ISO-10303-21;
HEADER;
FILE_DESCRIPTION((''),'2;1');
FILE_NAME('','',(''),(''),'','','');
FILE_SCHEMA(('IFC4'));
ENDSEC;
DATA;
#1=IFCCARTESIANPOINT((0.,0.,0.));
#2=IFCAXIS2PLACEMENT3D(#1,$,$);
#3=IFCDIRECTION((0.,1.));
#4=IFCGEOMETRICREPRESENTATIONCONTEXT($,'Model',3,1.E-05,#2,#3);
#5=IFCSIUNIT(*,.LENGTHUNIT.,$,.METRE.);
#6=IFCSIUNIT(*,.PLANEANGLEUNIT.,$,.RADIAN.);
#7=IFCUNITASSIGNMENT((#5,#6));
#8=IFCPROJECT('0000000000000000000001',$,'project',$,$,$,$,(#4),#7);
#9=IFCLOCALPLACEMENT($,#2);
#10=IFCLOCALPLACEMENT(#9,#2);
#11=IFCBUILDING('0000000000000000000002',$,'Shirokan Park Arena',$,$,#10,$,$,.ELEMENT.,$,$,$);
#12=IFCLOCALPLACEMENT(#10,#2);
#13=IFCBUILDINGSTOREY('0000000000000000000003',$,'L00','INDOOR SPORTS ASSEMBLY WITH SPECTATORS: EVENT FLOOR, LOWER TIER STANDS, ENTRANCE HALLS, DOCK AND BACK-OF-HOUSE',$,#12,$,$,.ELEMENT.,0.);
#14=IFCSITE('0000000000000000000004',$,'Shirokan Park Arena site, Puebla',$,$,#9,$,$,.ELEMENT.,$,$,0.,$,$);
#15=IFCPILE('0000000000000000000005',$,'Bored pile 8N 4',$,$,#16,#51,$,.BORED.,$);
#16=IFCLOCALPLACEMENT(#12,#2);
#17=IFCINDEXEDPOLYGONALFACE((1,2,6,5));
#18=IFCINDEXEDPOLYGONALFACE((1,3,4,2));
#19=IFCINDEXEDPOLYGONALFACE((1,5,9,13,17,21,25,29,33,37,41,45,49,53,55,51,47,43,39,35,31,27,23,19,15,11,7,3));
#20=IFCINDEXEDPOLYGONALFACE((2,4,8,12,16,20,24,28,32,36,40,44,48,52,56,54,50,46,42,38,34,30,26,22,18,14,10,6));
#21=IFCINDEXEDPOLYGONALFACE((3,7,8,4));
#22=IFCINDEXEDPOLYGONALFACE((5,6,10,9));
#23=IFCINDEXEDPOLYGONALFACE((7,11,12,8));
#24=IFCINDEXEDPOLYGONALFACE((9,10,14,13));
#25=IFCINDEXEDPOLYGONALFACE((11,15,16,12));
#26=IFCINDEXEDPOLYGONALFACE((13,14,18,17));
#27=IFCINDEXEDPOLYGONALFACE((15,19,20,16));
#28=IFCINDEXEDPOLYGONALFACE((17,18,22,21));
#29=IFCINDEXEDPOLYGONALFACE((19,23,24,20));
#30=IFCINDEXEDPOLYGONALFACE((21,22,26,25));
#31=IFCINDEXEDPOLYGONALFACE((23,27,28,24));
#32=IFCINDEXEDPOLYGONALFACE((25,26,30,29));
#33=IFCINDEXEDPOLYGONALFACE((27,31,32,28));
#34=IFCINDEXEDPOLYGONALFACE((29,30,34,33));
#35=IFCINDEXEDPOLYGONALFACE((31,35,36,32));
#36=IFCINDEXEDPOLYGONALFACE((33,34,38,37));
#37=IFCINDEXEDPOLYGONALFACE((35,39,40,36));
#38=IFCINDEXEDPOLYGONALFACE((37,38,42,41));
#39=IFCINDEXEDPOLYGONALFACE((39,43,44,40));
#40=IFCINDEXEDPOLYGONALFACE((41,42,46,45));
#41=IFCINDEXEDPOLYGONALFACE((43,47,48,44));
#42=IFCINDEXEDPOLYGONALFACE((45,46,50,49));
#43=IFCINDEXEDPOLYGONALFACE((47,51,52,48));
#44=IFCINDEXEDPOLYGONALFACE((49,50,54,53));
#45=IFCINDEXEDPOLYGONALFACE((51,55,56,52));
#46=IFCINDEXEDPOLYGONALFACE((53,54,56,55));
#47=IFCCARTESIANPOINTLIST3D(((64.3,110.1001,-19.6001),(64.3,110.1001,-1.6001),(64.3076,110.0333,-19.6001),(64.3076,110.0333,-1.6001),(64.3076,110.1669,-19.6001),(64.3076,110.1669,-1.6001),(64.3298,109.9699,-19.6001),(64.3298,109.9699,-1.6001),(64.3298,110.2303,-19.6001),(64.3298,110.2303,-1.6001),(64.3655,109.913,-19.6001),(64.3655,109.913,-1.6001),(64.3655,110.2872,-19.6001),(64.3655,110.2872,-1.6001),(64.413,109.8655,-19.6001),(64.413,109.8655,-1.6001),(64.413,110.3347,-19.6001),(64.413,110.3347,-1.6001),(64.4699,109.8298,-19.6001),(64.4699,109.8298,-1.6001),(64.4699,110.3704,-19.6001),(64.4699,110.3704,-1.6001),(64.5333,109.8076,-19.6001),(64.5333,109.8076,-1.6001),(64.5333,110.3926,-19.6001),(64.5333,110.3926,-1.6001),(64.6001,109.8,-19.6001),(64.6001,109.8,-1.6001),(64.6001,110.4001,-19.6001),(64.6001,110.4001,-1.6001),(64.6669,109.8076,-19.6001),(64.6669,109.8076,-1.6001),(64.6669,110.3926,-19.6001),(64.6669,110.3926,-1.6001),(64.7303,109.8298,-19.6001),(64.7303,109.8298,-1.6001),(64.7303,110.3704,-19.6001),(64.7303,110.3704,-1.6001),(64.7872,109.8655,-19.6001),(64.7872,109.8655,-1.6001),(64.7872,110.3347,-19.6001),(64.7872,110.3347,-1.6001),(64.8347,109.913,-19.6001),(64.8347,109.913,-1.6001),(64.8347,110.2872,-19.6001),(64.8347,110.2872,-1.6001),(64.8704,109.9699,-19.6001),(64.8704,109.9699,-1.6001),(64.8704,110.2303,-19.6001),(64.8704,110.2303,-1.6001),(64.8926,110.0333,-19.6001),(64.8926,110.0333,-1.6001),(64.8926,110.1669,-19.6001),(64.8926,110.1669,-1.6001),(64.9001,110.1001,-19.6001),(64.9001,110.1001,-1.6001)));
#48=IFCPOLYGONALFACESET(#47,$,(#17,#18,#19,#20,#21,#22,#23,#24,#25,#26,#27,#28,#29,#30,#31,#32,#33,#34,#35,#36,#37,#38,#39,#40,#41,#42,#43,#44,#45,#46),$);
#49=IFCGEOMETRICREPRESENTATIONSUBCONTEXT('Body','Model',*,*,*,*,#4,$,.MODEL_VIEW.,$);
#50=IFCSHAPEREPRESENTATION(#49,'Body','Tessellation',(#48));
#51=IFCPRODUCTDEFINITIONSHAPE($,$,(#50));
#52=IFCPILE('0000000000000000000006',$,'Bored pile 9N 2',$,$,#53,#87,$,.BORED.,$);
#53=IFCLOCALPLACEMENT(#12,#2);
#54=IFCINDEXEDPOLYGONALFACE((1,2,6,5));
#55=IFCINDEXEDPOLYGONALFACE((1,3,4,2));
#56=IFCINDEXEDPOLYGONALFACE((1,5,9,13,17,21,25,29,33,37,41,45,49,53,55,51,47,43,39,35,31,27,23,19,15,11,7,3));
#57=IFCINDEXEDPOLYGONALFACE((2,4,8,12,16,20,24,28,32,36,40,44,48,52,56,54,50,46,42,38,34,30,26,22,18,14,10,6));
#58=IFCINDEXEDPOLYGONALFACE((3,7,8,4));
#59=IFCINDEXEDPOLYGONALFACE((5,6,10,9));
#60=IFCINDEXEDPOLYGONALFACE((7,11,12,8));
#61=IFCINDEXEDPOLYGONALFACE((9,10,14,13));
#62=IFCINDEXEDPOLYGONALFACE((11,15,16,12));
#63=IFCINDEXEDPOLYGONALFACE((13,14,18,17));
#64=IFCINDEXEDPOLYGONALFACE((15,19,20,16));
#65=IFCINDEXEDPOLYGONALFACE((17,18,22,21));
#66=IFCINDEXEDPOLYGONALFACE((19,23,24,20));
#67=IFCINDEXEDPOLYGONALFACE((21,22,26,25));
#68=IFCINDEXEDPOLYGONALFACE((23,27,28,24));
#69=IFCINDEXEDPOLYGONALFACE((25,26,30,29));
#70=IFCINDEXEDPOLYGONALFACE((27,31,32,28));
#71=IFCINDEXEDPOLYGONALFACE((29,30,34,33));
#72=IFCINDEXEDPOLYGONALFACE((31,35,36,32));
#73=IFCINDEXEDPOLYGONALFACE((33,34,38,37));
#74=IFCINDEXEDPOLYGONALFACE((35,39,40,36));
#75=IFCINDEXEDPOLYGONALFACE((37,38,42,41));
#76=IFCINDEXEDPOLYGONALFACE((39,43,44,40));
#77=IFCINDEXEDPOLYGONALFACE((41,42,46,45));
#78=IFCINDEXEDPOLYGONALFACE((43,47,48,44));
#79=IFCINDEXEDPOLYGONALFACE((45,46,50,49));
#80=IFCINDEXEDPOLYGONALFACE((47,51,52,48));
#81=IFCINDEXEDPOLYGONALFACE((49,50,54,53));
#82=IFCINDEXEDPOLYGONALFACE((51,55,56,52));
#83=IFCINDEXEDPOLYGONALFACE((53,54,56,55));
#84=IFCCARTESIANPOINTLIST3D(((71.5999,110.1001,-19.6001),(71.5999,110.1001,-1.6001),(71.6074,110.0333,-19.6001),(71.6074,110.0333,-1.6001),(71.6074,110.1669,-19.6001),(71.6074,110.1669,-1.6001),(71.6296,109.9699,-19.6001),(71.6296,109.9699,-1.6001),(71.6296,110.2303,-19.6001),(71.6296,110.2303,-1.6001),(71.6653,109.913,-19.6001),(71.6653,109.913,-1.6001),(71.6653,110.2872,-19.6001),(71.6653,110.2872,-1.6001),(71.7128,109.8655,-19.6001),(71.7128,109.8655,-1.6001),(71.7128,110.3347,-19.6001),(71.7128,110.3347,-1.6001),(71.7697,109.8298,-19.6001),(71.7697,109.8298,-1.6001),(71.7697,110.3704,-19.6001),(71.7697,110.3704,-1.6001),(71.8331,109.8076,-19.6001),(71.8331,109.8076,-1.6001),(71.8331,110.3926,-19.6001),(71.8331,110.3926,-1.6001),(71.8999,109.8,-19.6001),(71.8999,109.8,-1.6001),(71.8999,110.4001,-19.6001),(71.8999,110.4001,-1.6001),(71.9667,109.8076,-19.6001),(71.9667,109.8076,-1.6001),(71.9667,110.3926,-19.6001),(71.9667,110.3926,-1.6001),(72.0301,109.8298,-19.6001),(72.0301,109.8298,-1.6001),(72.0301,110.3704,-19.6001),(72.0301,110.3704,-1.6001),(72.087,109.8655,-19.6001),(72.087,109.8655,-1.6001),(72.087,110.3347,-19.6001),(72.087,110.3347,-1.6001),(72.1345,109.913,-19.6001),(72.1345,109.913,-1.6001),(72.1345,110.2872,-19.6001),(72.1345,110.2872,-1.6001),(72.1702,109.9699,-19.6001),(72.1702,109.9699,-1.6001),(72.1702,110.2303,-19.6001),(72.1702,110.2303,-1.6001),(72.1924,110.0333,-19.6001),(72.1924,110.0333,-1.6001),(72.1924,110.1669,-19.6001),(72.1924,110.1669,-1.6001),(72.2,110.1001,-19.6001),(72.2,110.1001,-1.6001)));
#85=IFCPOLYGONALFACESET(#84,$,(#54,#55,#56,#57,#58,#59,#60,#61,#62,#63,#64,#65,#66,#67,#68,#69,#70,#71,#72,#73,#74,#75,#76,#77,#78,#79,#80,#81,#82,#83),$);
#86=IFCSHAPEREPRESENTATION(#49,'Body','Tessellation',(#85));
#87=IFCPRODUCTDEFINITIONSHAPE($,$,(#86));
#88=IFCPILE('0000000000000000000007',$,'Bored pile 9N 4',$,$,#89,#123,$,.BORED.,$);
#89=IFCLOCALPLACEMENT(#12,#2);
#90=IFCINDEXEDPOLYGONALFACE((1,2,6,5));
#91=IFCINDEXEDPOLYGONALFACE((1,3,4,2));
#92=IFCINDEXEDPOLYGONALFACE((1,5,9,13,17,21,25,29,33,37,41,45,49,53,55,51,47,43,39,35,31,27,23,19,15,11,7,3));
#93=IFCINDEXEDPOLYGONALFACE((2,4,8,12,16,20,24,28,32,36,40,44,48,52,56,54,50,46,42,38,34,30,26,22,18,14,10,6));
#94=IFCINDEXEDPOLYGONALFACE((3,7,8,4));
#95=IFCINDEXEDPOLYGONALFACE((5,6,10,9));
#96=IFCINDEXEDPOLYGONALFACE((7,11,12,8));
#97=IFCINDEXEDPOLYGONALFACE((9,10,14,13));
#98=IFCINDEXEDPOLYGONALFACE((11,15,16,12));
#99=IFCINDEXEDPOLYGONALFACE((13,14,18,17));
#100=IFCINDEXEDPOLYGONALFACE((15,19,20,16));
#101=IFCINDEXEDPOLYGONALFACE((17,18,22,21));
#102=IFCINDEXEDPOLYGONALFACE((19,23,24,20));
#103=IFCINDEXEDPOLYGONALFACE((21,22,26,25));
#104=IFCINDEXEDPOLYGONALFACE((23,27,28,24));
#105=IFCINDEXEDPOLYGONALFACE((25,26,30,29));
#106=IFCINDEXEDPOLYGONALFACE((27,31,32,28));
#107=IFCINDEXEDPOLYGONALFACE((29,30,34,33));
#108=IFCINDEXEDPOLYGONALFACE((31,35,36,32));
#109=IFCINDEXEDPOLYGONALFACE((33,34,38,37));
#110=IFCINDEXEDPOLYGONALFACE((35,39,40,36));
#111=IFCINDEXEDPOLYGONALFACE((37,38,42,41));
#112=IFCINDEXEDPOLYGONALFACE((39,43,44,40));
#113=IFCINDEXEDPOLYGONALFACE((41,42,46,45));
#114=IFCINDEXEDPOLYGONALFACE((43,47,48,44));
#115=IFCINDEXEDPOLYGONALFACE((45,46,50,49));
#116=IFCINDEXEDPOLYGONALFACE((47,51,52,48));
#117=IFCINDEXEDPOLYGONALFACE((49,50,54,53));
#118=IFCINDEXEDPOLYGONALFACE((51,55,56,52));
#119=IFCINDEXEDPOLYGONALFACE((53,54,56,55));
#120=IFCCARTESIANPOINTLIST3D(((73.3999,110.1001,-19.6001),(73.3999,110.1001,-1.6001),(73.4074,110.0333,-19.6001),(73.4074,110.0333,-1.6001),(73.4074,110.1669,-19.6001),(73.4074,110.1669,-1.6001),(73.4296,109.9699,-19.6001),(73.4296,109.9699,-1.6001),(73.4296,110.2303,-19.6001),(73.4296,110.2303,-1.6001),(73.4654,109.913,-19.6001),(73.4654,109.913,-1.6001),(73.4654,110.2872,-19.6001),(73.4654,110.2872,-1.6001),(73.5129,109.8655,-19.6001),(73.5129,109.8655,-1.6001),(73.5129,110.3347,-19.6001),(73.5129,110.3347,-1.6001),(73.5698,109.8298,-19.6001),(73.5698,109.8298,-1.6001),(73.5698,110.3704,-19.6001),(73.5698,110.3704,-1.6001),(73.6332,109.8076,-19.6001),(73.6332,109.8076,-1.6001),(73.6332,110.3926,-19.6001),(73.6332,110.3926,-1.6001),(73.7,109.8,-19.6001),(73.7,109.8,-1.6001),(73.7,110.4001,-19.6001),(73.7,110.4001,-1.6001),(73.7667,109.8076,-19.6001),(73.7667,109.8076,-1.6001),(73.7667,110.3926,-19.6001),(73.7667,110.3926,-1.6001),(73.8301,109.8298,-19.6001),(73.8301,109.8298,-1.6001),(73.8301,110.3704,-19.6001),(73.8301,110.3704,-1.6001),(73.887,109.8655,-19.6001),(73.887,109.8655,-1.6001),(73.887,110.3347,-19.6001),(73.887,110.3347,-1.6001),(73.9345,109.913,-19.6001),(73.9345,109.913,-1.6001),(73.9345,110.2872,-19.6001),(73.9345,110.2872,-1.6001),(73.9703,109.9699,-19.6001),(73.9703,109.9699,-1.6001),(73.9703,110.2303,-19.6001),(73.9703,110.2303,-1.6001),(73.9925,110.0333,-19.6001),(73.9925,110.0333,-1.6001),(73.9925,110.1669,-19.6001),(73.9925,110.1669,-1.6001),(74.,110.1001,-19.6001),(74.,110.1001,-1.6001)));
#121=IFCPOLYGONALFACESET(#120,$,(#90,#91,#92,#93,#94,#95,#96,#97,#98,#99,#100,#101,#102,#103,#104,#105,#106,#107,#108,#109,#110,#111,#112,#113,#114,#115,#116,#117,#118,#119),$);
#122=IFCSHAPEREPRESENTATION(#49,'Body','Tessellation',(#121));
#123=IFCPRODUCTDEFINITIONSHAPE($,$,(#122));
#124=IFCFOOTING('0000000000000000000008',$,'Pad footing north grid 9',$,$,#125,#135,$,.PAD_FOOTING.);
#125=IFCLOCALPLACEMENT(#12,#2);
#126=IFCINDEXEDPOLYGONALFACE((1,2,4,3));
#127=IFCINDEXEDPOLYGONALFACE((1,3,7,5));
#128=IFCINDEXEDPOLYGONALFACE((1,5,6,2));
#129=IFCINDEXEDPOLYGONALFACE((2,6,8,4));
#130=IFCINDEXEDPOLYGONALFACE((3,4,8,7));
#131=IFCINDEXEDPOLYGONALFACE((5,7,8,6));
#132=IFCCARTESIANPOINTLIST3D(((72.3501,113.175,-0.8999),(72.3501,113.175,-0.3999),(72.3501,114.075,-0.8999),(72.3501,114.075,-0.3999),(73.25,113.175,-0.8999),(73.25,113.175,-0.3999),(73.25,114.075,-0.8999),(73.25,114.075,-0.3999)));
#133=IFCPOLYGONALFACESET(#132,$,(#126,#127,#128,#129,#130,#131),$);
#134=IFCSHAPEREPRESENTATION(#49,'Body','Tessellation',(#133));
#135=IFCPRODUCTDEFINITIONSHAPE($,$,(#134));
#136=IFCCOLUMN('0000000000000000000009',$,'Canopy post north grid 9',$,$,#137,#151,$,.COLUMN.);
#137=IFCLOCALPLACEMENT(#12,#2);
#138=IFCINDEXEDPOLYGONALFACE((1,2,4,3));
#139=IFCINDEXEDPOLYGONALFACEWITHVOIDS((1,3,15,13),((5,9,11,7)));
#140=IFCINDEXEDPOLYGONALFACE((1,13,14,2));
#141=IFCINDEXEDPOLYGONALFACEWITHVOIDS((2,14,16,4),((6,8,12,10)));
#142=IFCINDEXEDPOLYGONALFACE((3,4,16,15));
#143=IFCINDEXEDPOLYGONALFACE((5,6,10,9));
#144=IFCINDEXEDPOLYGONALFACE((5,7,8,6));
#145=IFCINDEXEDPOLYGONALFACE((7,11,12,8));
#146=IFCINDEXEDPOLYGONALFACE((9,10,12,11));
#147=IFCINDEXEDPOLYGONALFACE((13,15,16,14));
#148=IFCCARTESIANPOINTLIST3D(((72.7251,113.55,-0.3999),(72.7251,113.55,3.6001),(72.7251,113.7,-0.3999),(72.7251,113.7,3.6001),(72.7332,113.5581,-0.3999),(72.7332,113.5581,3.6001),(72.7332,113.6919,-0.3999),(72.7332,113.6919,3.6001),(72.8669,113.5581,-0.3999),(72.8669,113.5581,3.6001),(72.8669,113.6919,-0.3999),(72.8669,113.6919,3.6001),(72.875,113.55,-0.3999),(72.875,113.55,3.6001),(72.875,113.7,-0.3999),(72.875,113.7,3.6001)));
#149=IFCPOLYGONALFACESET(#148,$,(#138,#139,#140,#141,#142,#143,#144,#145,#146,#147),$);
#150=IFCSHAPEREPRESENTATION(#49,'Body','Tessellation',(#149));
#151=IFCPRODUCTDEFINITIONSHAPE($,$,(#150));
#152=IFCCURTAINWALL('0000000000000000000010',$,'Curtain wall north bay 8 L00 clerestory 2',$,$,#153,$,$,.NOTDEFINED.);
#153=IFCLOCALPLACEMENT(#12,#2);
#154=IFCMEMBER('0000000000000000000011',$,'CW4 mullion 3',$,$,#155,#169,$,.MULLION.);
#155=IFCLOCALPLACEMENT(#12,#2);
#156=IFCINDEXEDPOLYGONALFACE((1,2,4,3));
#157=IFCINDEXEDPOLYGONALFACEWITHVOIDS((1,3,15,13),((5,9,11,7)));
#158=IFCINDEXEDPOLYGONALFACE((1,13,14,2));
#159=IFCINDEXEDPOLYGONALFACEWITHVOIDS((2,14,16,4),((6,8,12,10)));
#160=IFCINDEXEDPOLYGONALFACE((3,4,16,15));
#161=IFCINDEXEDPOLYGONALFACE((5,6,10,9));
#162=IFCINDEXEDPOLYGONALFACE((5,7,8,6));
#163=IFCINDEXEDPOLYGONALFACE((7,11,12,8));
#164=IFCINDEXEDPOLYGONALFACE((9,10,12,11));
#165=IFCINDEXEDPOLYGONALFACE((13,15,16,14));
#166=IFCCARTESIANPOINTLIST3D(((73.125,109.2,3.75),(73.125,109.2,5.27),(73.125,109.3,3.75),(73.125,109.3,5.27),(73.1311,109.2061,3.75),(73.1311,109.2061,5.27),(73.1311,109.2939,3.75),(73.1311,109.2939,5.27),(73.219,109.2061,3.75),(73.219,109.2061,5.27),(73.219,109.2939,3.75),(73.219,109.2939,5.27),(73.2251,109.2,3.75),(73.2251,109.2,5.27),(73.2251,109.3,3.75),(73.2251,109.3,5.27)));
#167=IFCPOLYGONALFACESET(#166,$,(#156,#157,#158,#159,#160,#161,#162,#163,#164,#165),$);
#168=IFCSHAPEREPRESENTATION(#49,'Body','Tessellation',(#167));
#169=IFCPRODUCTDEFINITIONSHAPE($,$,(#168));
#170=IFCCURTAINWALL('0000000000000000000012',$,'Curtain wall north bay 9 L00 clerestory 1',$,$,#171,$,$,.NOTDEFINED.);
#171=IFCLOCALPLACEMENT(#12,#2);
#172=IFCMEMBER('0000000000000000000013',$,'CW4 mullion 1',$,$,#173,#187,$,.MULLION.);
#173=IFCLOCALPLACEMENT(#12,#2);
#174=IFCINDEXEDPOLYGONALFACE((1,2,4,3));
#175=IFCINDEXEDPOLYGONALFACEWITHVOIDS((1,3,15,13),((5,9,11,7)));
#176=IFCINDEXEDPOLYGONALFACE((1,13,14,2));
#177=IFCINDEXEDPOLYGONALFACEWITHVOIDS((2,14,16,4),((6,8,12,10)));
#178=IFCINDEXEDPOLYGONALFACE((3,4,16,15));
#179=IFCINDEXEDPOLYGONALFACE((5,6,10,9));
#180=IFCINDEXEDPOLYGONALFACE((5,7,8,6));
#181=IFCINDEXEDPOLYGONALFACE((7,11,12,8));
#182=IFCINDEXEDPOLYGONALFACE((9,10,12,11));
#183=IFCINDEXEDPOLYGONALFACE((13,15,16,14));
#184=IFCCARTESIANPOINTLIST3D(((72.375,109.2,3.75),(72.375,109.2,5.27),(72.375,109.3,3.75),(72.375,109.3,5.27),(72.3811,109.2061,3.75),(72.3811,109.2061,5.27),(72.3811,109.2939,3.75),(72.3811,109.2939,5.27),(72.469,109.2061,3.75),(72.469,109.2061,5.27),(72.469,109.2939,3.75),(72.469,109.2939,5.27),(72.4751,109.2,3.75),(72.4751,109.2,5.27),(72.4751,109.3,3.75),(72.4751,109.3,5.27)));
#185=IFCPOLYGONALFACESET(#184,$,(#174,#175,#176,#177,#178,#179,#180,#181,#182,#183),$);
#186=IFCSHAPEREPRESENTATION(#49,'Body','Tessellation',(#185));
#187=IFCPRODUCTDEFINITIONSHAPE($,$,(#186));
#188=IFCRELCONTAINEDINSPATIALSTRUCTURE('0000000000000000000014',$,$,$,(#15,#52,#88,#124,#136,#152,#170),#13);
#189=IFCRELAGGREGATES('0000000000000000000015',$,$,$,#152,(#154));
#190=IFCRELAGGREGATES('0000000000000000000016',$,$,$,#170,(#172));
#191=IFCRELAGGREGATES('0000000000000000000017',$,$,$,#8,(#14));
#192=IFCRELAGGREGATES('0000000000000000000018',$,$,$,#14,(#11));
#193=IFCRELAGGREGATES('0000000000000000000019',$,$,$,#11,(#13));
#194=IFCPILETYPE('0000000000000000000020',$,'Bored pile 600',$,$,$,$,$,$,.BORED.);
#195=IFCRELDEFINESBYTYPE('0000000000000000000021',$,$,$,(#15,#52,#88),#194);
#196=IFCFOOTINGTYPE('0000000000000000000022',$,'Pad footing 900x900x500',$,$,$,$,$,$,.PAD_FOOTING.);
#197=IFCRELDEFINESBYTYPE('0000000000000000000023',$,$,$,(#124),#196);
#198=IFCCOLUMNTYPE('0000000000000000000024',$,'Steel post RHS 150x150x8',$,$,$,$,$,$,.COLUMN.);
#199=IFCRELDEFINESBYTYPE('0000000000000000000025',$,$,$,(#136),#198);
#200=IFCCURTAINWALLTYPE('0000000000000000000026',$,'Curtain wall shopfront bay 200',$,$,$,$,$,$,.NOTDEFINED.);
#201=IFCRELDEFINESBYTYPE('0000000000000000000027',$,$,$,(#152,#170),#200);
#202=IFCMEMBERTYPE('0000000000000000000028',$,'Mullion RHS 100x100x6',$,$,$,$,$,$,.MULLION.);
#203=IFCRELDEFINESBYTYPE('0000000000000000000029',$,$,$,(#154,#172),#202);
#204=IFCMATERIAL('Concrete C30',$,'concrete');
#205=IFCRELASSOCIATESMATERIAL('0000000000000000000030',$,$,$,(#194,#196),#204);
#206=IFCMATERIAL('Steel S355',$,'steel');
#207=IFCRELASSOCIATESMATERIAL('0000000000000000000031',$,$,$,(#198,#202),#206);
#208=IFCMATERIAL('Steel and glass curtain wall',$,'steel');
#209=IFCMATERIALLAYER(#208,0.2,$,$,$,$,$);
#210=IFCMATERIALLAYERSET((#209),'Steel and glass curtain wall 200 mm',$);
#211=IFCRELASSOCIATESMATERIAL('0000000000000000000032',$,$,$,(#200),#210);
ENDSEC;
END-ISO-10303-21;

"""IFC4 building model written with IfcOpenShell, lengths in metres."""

from ifc_helpers import new_model, si_unit, direction, frame, origin, origin_2d, place, context, subcontext, project, spatial, rectangle, hollow_rectangle, circle, extrude, material, layer, layer_set, material_profile, profile_set, type_object, element, aggregate, save


model = new_model("IFC4")

# Units and contexts
model_context = context("Model", 3, precision=1e-05, world=origin(), true_north=direction((0.0, 1.0)))
body_context = subcontext(model_context, "Body", "Model", "MODEL_VIEW")
ifc_project = project(units=[si_unit("LENGTHUNIT", "METRE"), si_unit("PLANEANGLEUNIT", "RADIAN")], contexts=[model_context])

# Site, building, storey
site_placement = place(None, origin())
site = spatial("IfcSite", under=ifc_project, at=site_placement, Name="Shirokan Park Arena site, Puebla", CompositionType="ELEMENT", RefElevation=0.0)
building_placement = place(site_placement, origin())
building = spatial("IfcBuilding", under=site, at=building_placement, Name="Shirokan Park Arena", CompositionType="ELEMENT")
storey_placement = place(building_placement, origin())
storey = spatial("IfcBuildingStorey", under=building, at=storey_placement, Name="L00", Description="INDOOR SPORTS ASSEMBLY WITH SPECTATORS: EVENT FLOOR, LOWER TIER STANDS, ENTRANCE HALLS, DOCK AND BACK-OF-HOUSE", CompositionType="ELEMENT", Elevation=0.0)

# Piles
ifc_material_1 = material(Name="Concrete C30", Category="concrete")
ifc_material_profile_1 = material_profile(ifc_material_1, circle(Radius=0.3, at=origin_2d()), Name="D600")
ifc_profile_set_1 = profile_set([ifc_material_profile_1], Name="Concrete C30")
pile_type = type_object("IfcPileType", Name="Bored pile 600", PredefinedType="BORED", material=ifc_profile_set_1)
for number, where, z_axis, x_axis, name in (
    (1, (64.6001, 110.1001, -1.6001), (0.0, 0.0, -1.0), (1.0, 0.0, 0.0), "Bored pile 8N 4"),
    (2, (71.8999, 110.1001, -1.6001), (0.0, 0.0, -1.0), (1.0, 0.0, 0.0), "Bored pile 9N 2"),
    (3, (73.7, 110.1001, -1.6001), (0.0, 0.0, -1.0), (1.0, 0.0, 0.0), "Bored pile 9N 4"),
):
    element("IfcPile", number, at=place(storey_placement, frame(where, z_axis=z_axis, x_axis=x_axis)), inside=storey, type_object=pile_type, Name=name, PredefinedType="BORED", context=body_context, shape_type="SweptSolid", body=[
        extrude(circle(Radius=0.3, at=origin_2d()), origin(), (0.0, 0.0, 1.0), 18.0),
    ])

# Footing
footing_type = type_object("IfcFootingType", Name="Pad footing 900x900x500", PredefinedType="PAD_FOOTING", material=ifc_material_1)
footing_placement = place(storey_placement, frame((72.8, 113.625, -0.8999), z_axis=(0.0, 0.0, 1.0), x_axis=(1.0, 0.0, 0.0)))
element("IfcFooting", 4, at=footing_placement, inside=storey, type_object=footing_type, Name="Pad footing north grid 9", PredefinedType="PAD_FOOTING", context=body_context, shape_type="SweptSolid", body=[
    extrude(rectangle(XDim=0.8999, YDim=0.8999, at=origin_2d()), origin(), (0.0, 0.0, 1.0), 0.5),
])

# Column
ifc_material_2 = material(Name="Steel S355", Category="steel")
ifc_material_profile_2 = material_profile(ifc_material_2, hollow_rectangle(XDim=0.1499, YDim=0.1499, WallThickness=0.0081, at=origin_2d()), Name="RHS 150x150x8")
ifc_profile_set_2 = profile_set([ifc_material_profile_2], Name="Steel S355")
column_type = type_object("IfcColumnType", Name="Steel post RHS 150x150x8", PredefinedType="COLUMN", material=ifc_profile_set_2)
column_placement = place(storey_placement, frame((72.8, 113.625, -0.3999), z_axis=(0.0, 0.0, 1.0), x_axis=(1.0, 0.0, 0.0)))
element("IfcColumn", 5, at=column_placement, inside=storey, type_object=column_type, Name="Canopy post north grid 9", PredefinedType="COLUMN", context=body_context, shape_type="SweptSolid", body=[
    extrude(hollow_rectangle(XDim=0.1499, YDim=0.1499, WallThickness=0.0081, at=origin_2d()), origin(), (0.0, 0.0, 1.0), 4.0),
])

# Curtain walls, members
ifc_material_3 = material(Name="Steel and glass curtain wall", Category="steel")
ifc_layer_1 = layer(ifc_material_3, 0.2)
ifc_layer_set_1 = layer_set([ifc_layer_1], Name="Steel and glass curtain wall 200 mm")
curtain_wall_type = type_object("IfcCurtainWallType", Name="Curtain wall shopfront bay 200", PredefinedType="NOTDEFINED", material=ifc_layer_set_1)
curtain_wall_1_placement = place(storey_placement, origin())
curtain_wall_1 = element("IfcCurtainWall", 6, at=curtain_wall_1_placement, inside=storey, type_object=curtain_wall_type, Name="Curtain wall north bay 8 L00 clerestory 2", PredefinedType="NOTDEFINED")
ifc_material_profile_3 = material_profile(ifc_material_2, hollow_rectangle(XDim=0.1001, YDim=0.1001, WallThickness=0.0061, at=origin_2d()), Name="RHS 100x100x6")
ifc_profile_set_3 = profile_set([ifc_material_profile_3], Name="Steel S355")
member_type_1 = type_object("IfcMemberType", Name="Mullion RHS 100x100x6", PredefinedType="MULLION", material=ifc_profile_set_3)
member_1_placement = place(storey_placement, frame((73.175, 109.25, 3.75), z_axis=(0.0, 0.0, 1.0), x_axis=(0.0, -1.0, 0.0)))
member_1 = element("IfcMember", 7, at=member_1_placement, type_object=member_type_1, Name="CW4 mullion 3", PredefinedType="MULLION", context=body_context, shape_type="SweptSolid", body=[
    extrude(hollow_rectangle(XDim=0.1001, YDim=0.1001, WallThickness=0.0061, at=origin_2d()), origin(), (0.0, 0.0, 1.0), 1.52),
])
curtain_wall_2_placement = place(storey_placement, origin())
curtain_wall_2 = element("IfcCurtainWall", 8, at=curtain_wall_2_placement, inside=storey, type_object=curtain_wall_type, Name="Curtain wall north bay 9 L00 clerestory 1", PredefinedType="NOTDEFINED")
member_2_placement = place(storey_placement, frame((72.425, 109.25, 3.75), z_axis=(0.0, 0.0, 1.0), x_axis=(0.0, -1.0, 0.0)))
member_2 = element("IfcMember", 9, at=member_2_placement, type_object=member_type_1, Name="CW4 mullion 1", PredefinedType="MULLION", context=body_context, shape_type="SweptSolid", body=[
    extrude(hollow_rectangle(XDim=0.1001, YDim=0.1001, WallThickness=0.0061, at=origin_2d()), origin(), (0.0, 0.0, 1.0), 1.52),
])

aggregate(curtain_wall_1, [member_1])
aggregate(curtain_wall_2, [member_2])

save(model, "model.ifc")
